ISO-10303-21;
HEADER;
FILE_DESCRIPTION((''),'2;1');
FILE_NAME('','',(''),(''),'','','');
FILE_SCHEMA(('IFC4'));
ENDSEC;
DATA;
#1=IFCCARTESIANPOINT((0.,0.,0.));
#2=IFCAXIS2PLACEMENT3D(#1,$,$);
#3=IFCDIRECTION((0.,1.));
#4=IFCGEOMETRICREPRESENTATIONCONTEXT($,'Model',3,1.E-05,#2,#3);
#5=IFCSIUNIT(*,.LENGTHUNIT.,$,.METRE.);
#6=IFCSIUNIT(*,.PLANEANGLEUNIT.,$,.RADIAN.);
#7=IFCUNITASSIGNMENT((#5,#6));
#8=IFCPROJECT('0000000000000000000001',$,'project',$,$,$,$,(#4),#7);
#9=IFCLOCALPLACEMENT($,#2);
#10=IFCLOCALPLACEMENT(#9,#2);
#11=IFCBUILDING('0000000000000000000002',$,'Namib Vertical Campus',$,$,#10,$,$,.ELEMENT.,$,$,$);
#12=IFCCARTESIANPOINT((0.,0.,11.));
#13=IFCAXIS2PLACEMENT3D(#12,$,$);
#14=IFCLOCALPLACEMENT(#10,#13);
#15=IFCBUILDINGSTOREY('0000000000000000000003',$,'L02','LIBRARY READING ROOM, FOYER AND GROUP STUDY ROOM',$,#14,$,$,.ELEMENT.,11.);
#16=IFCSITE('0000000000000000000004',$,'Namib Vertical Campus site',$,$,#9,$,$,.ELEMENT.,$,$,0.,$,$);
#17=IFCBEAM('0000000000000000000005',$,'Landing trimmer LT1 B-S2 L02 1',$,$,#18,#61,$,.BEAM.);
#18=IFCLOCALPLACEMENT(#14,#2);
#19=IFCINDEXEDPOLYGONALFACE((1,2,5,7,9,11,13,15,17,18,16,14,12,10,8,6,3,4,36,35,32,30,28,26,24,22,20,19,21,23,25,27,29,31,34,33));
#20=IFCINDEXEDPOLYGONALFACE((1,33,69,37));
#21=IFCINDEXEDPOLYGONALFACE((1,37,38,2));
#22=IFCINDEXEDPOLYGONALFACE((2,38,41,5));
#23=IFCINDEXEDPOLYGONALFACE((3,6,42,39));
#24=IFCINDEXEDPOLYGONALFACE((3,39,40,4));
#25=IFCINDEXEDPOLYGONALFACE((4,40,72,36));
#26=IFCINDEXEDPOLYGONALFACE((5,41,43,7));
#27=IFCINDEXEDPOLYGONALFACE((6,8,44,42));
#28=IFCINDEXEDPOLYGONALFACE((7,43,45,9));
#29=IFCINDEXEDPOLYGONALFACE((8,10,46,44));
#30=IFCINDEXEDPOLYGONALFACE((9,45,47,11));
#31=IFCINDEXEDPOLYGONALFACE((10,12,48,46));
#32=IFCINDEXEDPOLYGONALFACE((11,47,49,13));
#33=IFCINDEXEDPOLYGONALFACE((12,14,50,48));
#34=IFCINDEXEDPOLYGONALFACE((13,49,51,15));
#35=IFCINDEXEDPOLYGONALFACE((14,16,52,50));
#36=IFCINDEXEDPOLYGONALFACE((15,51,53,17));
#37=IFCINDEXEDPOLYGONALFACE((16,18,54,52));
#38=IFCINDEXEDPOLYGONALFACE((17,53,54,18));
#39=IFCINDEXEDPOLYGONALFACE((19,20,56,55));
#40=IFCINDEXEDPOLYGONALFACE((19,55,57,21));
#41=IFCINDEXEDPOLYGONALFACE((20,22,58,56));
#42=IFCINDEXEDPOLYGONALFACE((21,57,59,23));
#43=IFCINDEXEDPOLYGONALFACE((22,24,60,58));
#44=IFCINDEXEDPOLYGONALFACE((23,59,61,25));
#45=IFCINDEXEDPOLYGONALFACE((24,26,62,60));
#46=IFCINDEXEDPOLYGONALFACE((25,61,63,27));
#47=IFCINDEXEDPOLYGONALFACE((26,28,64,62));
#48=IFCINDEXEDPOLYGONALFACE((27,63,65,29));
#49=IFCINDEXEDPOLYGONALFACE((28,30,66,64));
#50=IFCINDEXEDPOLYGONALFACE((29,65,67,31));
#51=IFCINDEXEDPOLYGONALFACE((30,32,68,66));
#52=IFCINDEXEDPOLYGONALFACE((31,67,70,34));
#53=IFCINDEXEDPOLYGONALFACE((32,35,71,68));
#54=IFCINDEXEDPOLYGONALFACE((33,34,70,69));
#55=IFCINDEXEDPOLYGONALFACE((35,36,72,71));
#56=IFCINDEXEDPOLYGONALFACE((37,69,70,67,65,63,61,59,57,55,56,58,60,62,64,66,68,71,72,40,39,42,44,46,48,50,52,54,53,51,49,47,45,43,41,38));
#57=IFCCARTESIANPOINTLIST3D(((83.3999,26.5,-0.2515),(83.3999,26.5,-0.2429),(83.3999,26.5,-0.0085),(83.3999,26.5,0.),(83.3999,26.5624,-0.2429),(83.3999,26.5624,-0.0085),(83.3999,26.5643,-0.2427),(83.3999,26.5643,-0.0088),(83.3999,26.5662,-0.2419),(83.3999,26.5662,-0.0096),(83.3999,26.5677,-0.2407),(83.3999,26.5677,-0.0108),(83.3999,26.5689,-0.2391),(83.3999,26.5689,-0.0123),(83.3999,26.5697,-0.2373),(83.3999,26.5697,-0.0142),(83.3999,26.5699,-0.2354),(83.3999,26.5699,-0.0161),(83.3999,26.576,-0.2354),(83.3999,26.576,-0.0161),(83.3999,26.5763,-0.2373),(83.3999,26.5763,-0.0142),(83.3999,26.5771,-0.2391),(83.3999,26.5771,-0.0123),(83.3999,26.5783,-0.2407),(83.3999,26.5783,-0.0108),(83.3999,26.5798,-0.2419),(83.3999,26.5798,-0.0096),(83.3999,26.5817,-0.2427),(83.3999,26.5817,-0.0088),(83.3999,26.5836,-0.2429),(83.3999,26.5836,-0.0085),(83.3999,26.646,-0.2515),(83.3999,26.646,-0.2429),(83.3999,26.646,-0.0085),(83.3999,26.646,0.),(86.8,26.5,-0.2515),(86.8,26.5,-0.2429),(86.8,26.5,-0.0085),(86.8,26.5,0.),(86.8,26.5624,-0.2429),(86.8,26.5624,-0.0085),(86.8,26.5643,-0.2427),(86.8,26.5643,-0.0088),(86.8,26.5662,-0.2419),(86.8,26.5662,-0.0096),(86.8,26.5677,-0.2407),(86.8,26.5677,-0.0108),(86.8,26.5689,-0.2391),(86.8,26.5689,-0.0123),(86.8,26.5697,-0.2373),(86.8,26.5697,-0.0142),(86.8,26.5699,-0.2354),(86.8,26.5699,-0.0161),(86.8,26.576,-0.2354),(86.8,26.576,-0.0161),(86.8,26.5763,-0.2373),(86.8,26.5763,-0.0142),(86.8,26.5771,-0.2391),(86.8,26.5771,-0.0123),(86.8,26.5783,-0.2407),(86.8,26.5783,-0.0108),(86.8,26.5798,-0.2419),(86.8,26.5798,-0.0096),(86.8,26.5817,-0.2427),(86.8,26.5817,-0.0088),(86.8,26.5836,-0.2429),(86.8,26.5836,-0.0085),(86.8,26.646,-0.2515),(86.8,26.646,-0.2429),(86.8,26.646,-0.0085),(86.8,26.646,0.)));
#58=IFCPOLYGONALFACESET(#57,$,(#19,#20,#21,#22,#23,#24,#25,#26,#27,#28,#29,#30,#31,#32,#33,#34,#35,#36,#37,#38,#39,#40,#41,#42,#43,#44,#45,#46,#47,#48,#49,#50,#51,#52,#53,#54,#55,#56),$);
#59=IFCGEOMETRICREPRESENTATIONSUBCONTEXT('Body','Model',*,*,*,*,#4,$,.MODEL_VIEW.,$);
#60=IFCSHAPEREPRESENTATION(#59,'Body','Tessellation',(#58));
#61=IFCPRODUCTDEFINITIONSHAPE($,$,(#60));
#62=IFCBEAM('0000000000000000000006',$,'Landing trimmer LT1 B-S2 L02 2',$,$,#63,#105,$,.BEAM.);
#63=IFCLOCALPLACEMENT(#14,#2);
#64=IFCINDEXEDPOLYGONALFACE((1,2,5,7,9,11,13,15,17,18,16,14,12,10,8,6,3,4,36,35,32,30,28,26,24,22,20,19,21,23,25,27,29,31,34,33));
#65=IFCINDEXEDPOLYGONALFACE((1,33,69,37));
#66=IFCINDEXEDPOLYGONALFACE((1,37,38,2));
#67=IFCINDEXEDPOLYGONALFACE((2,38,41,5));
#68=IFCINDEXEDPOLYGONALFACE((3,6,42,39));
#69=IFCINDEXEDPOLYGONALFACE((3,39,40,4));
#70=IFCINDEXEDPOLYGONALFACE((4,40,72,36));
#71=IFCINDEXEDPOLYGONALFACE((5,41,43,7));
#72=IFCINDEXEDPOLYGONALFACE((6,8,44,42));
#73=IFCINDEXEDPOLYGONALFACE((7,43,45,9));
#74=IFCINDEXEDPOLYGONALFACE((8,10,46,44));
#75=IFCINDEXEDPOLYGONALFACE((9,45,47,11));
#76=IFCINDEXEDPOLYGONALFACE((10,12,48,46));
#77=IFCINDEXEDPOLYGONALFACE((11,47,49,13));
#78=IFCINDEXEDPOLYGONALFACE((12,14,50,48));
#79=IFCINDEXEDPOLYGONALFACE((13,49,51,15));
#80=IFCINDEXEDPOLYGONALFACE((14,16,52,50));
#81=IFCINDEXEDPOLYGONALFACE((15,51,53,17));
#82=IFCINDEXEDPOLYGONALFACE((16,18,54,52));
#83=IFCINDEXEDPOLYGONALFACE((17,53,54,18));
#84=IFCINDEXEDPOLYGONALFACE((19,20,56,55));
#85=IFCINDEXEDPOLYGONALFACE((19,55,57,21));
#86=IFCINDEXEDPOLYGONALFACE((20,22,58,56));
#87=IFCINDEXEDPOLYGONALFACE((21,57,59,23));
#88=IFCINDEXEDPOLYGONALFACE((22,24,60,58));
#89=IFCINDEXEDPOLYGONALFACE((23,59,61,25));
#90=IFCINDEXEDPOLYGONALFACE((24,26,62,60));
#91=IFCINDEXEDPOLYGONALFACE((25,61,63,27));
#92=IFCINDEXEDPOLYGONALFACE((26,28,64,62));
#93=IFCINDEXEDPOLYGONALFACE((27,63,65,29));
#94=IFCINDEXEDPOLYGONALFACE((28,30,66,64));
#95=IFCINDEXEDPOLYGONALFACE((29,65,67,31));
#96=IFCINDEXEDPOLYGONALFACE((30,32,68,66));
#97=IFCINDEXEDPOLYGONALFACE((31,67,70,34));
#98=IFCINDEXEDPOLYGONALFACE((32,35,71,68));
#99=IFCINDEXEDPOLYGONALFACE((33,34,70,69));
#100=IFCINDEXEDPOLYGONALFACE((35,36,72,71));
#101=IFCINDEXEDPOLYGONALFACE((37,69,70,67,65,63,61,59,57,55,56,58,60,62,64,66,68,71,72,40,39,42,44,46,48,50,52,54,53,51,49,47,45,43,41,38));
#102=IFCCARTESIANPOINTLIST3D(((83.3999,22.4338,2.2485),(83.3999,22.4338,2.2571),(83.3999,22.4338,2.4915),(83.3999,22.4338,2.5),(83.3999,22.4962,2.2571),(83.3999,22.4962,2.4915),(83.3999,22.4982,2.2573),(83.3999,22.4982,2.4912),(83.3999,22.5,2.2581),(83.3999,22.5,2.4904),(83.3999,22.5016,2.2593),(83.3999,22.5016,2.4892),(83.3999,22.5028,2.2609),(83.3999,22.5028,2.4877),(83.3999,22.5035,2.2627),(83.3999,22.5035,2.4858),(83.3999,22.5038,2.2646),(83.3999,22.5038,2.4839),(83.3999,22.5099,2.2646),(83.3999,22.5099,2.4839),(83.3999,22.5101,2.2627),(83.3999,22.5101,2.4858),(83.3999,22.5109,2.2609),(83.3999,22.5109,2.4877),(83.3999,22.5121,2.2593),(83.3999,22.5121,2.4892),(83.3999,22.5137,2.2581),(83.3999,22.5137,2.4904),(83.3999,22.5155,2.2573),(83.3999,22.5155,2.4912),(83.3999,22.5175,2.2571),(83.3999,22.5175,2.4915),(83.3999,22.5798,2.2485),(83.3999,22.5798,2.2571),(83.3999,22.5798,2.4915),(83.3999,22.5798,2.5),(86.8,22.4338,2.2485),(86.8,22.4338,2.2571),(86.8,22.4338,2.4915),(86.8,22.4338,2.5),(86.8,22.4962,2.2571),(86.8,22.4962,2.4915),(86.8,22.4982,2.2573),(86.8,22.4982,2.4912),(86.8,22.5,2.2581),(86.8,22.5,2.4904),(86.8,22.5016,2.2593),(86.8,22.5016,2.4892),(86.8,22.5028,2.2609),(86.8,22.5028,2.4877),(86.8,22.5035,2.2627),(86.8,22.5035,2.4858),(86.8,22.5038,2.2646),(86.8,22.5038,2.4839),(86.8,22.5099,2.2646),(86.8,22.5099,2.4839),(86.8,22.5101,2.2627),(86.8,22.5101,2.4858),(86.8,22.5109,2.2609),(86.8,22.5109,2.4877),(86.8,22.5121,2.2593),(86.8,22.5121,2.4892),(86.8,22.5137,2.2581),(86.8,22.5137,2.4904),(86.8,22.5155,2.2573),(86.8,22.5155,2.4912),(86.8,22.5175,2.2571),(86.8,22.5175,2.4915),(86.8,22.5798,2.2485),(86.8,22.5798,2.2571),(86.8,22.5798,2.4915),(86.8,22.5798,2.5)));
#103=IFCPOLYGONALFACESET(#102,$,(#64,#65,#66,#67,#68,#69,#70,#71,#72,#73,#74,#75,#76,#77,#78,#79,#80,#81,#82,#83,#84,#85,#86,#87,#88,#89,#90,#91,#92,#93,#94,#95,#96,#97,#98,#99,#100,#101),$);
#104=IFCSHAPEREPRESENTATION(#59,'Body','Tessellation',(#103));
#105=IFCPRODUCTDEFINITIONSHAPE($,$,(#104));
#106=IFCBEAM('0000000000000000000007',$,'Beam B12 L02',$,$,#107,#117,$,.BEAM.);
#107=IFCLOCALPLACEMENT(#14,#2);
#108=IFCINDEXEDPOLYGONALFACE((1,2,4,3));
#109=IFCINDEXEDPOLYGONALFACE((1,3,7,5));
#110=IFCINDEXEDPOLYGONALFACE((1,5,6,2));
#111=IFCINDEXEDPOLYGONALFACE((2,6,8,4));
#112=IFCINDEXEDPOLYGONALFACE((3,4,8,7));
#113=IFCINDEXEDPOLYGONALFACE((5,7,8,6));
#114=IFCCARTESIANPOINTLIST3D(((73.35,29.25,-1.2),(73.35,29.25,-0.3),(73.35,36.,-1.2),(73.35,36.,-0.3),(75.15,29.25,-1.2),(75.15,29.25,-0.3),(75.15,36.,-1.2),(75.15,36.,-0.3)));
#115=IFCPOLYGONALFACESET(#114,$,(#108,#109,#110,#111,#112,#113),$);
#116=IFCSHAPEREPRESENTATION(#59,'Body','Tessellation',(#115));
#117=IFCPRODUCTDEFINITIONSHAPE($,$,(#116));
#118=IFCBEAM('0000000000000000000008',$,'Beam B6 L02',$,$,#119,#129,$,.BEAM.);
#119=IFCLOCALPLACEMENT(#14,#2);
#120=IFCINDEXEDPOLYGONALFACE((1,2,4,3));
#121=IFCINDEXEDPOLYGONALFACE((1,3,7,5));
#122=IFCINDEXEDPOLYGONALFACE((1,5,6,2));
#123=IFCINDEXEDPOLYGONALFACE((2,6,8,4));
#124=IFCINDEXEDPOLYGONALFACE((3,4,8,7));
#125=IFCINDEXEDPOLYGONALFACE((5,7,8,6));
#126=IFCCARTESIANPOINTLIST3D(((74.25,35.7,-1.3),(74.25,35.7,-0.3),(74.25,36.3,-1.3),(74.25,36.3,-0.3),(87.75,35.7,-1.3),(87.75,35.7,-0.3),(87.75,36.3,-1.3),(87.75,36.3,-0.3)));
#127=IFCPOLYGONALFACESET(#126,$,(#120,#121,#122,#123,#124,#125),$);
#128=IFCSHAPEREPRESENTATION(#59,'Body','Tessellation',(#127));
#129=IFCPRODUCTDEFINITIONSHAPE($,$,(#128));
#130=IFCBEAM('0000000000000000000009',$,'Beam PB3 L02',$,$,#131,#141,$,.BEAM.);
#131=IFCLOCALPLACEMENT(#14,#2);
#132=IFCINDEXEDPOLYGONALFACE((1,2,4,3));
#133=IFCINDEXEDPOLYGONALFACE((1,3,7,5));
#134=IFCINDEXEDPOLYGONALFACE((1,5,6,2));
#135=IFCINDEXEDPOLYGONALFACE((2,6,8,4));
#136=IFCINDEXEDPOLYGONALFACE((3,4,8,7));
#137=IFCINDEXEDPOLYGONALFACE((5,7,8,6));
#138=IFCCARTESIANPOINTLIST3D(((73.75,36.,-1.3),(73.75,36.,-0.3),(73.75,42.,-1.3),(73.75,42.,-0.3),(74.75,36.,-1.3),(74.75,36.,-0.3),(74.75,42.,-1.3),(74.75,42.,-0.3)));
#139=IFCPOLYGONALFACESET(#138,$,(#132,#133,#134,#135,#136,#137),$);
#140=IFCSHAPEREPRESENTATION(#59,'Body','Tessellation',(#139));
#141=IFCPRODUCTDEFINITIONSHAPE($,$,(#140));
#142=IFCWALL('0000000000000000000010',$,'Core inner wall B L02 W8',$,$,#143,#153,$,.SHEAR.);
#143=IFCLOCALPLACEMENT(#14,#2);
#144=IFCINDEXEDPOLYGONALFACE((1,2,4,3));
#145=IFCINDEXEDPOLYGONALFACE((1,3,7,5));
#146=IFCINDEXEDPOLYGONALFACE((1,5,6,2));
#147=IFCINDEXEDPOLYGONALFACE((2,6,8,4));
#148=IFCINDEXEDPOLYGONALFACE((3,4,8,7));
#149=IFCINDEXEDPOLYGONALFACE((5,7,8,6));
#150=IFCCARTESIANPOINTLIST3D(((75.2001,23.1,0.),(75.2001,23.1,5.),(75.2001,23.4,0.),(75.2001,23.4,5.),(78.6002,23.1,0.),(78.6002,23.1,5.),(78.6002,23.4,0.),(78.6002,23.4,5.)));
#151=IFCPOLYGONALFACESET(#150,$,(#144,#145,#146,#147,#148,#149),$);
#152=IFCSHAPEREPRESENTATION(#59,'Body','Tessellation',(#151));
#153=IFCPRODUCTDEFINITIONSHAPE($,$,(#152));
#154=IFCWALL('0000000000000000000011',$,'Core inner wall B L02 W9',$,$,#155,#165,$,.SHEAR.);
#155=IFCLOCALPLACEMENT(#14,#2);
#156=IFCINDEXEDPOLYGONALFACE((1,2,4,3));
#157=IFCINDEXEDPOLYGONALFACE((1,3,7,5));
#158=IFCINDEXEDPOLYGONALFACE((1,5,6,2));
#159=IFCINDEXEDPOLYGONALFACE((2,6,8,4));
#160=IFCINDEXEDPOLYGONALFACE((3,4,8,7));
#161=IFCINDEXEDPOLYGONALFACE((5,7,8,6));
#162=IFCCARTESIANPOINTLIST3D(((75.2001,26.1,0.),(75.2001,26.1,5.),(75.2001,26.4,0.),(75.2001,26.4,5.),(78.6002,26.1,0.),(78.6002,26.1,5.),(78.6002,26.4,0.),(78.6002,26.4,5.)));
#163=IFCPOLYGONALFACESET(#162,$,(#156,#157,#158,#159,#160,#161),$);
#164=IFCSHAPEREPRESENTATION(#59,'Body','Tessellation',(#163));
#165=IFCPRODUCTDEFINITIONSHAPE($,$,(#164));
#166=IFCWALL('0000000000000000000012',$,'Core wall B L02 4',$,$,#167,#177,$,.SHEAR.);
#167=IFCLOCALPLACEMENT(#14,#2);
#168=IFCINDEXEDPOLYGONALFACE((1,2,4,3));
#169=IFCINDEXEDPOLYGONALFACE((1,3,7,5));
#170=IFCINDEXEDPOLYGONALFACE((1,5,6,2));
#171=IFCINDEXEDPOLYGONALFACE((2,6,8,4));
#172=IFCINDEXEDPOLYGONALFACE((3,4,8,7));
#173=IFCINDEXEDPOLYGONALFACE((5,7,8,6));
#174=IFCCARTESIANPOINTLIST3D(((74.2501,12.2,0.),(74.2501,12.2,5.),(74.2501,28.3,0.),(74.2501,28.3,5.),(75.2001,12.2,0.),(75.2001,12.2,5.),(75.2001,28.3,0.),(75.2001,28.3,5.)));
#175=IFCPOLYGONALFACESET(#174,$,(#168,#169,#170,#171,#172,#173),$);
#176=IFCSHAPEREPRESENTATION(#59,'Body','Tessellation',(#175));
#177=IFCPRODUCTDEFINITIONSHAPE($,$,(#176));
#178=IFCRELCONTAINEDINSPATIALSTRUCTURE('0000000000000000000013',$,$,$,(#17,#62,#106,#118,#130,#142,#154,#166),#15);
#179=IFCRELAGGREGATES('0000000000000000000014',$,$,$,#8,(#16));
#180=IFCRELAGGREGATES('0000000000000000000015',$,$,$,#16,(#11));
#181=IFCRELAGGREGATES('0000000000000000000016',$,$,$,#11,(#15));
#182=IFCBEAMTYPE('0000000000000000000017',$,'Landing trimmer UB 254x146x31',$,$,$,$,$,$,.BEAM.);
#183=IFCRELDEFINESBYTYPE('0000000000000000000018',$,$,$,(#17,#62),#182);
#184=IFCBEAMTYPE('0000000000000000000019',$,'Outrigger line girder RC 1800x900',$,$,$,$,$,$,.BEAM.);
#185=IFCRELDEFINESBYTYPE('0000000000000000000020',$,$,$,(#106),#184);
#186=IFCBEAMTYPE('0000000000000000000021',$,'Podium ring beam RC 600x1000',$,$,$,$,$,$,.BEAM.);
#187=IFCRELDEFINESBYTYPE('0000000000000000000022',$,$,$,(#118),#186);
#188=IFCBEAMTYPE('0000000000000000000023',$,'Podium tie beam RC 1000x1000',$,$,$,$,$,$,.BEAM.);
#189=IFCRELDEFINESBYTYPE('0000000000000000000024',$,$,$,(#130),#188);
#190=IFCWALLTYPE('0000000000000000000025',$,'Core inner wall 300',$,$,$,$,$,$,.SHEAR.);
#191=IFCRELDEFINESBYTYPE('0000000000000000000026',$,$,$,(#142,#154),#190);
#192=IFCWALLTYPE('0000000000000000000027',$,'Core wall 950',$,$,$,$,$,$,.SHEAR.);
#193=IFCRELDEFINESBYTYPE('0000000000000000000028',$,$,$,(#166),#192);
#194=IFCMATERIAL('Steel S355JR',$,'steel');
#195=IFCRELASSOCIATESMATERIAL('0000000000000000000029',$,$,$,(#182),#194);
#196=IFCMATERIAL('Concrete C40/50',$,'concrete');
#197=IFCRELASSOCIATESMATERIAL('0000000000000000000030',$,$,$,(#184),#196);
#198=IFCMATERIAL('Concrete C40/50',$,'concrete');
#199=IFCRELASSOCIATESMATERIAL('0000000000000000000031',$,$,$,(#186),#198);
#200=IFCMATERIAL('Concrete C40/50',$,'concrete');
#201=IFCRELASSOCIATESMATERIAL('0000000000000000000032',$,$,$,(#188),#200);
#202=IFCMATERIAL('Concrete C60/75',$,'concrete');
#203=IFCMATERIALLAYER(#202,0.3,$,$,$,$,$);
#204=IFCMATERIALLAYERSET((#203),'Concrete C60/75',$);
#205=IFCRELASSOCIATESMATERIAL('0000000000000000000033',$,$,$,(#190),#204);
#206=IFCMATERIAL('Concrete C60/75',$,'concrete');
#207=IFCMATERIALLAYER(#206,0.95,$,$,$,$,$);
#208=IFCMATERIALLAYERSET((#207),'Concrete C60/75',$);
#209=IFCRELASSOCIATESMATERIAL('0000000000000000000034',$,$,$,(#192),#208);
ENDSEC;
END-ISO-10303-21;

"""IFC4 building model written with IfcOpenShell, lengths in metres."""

from ifc_helpers import new_model, si_unit, direction, frame, frame_2d, origin, origin_2d, place, context, subcontext, project, spatial, rectangle, i_section, extrude, material, layer, layer_set, material_profile, profile_set, type_object, element, save


model = new_model("IFC4")

# Units and contexts
model_context = context("Model", 3, precision=1e-05, world=origin(), true_north=direction((0.0, 1.0)))
body_context = subcontext(model_context, "Body", "Model", "MODEL_VIEW")
ifc_project = project(units=[si_unit("LENGTHUNIT", "METRE"), si_unit("PLANEANGLEUNIT", "RADIAN")], contexts=[model_context])

# Site, building, storey
site_placement = place(None, origin())
site = spatial("IfcSite", under=ifc_project, at=site_placement, Name="Namib Vertical Campus site", CompositionType="ELEMENT", RefElevation=0.0)
building_placement = place(site_placement, origin())
building = spatial("IfcBuilding", under=site, at=building_placement, Name="Namib Vertical Campus", CompositionType="ELEMENT")
storey_placement = place(building_placement, frame((0.0, 0.0, 11.0)))
storey = spatial("IfcBuildingStorey", under=building, at=storey_placement, Name="L02", Description="LIBRARY READING ROOM, FOYER AND GROUP STUDY ROOM", CompositionType="ELEMENT", Elevation=11.0)

# Beams
ifc_material_1 = material(Name="Steel S355JR", Category="steel")
ifc_material_profile_1 = material_profile(ifc_material_1, i_section(OverallWidth=0.146, OverallDepth=0.2515, WebThickness=0.0061, FlangeThickness=0.0085, FilletRadius=0.0076, at=origin_2d()))
ifc_profile_set_1 = profile_set([ifc_material_profile_1], Name="Steel S355JR")
beam_type_1 = type_object("IfcBeamType", Name="Landing trimmer UB 254x146x31", PredefinedType="BEAM", material=ifc_profile_set_1)
for number, where, z_axis, x_axis, name in (
    (1, (83.3999, 26.573, -0.1257), (1.0, 0.0, 0.0), (0.0, 1.0, 0.0), "Landing trimmer LT1 B-S2 L02 1"),
    (2, (83.3999, 22.5068, 2.3743), (1.0, 0.0, 0.0), (0.0, 1.0, 0.0), "Landing trimmer LT1 B-S2 L02 2"),
):
    element("IfcBeam", number, at=place(storey_placement, frame(where, z_axis=z_axis, x_axis=x_axis)), inside=storey, type_object=beam_type_1, Name=name, PredefinedType="BEAM", context=body_context, shape_type="SweptSolid", body=[
        extrude(i_section(OverallWidth=0.146, OverallDepth=0.2515, WebThickness=0.0061, FlangeThickness=0.0085, FilletRadius=0.0076, at=origin_2d()), origin(), (0.0, 0.0, 1.0), 3.4001),
    ])
ifc_material_2 = material(Name="Concrete C40/50", Category="concrete")
ifc_material_profile_2 = material_profile(ifc_material_2, rectangle(XDim=1.8, YDim=0.8999, at=origin_2d()))
ifc_profile_set_2 = profile_set([ifc_material_profile_2], Name="Concrete C40/50")
beam_type_2 = type_object("IfcBeamType", Name="Outrigger line girder RC 1800x900", PredefinedType="BEAM", material=ifc_profile_set_2)
beam_1_placement = place(storey_placement, frame((74.25, 36.0, -0.75), z_axis=(0.0, -1.0, 0.0), x_axis=(1.0, 0.0, 0.0)))
element("IfcBeam", 3, at=beam_1_placement, inside=storey, type_object=beam_type_2, Name="Beam B12 L02", PredefinedType="BEAM", context=body_context, shape_type="SweptSolid", body=[
    extrude(rectangle(XDim=1.8, YDim=0.8999, at=origin_2d()), origin(), (0.0, 0.0, 1.0), 6.75),
])
ifc_material_3 = material(Name="Concrete C40/50", Category="concrete")
ifc_material_profile_3 = material_profile(ifc_material_3, rectangle(XDim=0.6001, YDim=1.0, at=origin_2d()))
ifc_profile_set_3 = profile_set([ifc_material_profile_3], Name="Concrete C40/50")
beam_type_3 = type_object("IfcBeamType", Name="Podium ring beam RC 600x1000", PredefinedType="BEAM", material=ifc_profile_set_3)
beam_2_placement = place(storey_placement, frame((74.25, 36.0, -0.8), z_axis=(1.0, 0.0, 0.0), x_axis=(0.0, 1.0, 0.0)))
element("IfcBeam", 4, at=beam_2_placement, inside=storey, type_object=beam_type_3, Name="Beam B6 L02", PredefinedType="BEAM", context=body_context, shape_type="SweptSolid", body=[
    extrude(rectangle(XDim=0.6001, YDim=1.0, at=origin_2d()), origin(), (0.0, 0.0, 1.0), 13.5),
])
ifc_material_4 = material(Name="Concrete C40/50", Category="concrete")
ifc_material_profile_4 = material_profile(ifc_material_4, rectangle(XDim=1.0, YDim=1.0, at=origin_2d()))
ifc_profile_set_4 = profile_set([ifc_material_profile_4], Name="Concrete C40/50")
beam_type_4 = type_object("IfcBeamType", Name="Podium tie beam RC 1000x1000", PredefinedType="BEAM", material=ifc_profile_set_4)
beam_3_placement = place(storey_placement, frame((74.25, 36.0, -0.8), z_axis=(0.0, 1.0, 0.0), x_axis=(-1.0, 0.0, 0.0)))
element("IfcBeam", 5, at=beam_3_placement, inside=storey, type_object=beam_type_4, Name="Beam PB3 L02", PredefinedType="BEAM", context=body_context, shape_type="SweptSolid", body=[
    extrude(rectangle(XDim=1.0, YDim=1.0, at=origin_2d()), origin(), (0.0, 0.0, 1.0), 6.0),
])

# Walls
ifc_material_5 = material(Name="Concrete C60/75", Category="concrete")
ifc_layer_1 = layer(ifc_material_5, 0.3)
ifc_layer_set_1 = layer_set([ifc_layer_1], Name="Concrete C60/75")
wall_type_1 = type_object("IfcWallType", Name="Core inner wall 300", PredefinedType="SHEAR", material=ifc_layer_set_1)
for number, where, z_axis, x_axis, name in (
    (6, (75.2, 23.25, 0.0), (0.0, 0.0, 1.0), (1.0, 0.0, 0.0), "Core inner wall B L02 W8"),
    (7, (75.2, 26.25, 0.0), (0.0, 0.0, 1.0), (1.0, 0.0, 0.0), "Core inner wall B L02 W9"),
):
    element("IfcWall", number, at=place(storey_placement, frame(where, z_axis=z_axis, x_axis=x_axis)), inside=storey, type_object=wall_type_1, Name=name, PredefinedType="SHEAR", context=body_context, shape_type="SweptSolid", body=[
        extrude(rectangle(XDim=3.4001, YDim=0.3, at=frame_2d((1.7002, 0.0))), origin(), (0.0, 0.0, 1.0), 5.0),
    ])
ifc_material_6 = material(Name="Concrete C60/75", Category="concrete")
ifc_layer_2 = layer(ifc_material_6, 0.95)
ifc_layer_set_2 = layer_set([ifc_layer_2], Name="Concrete C60/75")
wall_type_2 = type_object("IfcWallType", Name="Core wall 950", PredefinedType="SHEAR", material=ifc_layer_set_2)
wall_1_placement = place(storey_placement, frame((74.7251, 28.3, 0.0), z_axis=(0.0, 0.0, 1.0), x_axis=(0.0, -1.0, 0.0)))
element("IfcWall", 8, at=wall_1_placement, inside=storey, type_object=wall_type_2, Name="Core wall B L02 4", PredefinedType="SHEAR", context=body_context, shape_type="SweptSolid", body=[
    extrude(rectangle(XDim=16.1001, YDim=0.95, at=frame_2d((8.05, 0.0))), origin(), (0.0, 0.0, 1.0), 5.0),
])

save(model, "model.ifc")
